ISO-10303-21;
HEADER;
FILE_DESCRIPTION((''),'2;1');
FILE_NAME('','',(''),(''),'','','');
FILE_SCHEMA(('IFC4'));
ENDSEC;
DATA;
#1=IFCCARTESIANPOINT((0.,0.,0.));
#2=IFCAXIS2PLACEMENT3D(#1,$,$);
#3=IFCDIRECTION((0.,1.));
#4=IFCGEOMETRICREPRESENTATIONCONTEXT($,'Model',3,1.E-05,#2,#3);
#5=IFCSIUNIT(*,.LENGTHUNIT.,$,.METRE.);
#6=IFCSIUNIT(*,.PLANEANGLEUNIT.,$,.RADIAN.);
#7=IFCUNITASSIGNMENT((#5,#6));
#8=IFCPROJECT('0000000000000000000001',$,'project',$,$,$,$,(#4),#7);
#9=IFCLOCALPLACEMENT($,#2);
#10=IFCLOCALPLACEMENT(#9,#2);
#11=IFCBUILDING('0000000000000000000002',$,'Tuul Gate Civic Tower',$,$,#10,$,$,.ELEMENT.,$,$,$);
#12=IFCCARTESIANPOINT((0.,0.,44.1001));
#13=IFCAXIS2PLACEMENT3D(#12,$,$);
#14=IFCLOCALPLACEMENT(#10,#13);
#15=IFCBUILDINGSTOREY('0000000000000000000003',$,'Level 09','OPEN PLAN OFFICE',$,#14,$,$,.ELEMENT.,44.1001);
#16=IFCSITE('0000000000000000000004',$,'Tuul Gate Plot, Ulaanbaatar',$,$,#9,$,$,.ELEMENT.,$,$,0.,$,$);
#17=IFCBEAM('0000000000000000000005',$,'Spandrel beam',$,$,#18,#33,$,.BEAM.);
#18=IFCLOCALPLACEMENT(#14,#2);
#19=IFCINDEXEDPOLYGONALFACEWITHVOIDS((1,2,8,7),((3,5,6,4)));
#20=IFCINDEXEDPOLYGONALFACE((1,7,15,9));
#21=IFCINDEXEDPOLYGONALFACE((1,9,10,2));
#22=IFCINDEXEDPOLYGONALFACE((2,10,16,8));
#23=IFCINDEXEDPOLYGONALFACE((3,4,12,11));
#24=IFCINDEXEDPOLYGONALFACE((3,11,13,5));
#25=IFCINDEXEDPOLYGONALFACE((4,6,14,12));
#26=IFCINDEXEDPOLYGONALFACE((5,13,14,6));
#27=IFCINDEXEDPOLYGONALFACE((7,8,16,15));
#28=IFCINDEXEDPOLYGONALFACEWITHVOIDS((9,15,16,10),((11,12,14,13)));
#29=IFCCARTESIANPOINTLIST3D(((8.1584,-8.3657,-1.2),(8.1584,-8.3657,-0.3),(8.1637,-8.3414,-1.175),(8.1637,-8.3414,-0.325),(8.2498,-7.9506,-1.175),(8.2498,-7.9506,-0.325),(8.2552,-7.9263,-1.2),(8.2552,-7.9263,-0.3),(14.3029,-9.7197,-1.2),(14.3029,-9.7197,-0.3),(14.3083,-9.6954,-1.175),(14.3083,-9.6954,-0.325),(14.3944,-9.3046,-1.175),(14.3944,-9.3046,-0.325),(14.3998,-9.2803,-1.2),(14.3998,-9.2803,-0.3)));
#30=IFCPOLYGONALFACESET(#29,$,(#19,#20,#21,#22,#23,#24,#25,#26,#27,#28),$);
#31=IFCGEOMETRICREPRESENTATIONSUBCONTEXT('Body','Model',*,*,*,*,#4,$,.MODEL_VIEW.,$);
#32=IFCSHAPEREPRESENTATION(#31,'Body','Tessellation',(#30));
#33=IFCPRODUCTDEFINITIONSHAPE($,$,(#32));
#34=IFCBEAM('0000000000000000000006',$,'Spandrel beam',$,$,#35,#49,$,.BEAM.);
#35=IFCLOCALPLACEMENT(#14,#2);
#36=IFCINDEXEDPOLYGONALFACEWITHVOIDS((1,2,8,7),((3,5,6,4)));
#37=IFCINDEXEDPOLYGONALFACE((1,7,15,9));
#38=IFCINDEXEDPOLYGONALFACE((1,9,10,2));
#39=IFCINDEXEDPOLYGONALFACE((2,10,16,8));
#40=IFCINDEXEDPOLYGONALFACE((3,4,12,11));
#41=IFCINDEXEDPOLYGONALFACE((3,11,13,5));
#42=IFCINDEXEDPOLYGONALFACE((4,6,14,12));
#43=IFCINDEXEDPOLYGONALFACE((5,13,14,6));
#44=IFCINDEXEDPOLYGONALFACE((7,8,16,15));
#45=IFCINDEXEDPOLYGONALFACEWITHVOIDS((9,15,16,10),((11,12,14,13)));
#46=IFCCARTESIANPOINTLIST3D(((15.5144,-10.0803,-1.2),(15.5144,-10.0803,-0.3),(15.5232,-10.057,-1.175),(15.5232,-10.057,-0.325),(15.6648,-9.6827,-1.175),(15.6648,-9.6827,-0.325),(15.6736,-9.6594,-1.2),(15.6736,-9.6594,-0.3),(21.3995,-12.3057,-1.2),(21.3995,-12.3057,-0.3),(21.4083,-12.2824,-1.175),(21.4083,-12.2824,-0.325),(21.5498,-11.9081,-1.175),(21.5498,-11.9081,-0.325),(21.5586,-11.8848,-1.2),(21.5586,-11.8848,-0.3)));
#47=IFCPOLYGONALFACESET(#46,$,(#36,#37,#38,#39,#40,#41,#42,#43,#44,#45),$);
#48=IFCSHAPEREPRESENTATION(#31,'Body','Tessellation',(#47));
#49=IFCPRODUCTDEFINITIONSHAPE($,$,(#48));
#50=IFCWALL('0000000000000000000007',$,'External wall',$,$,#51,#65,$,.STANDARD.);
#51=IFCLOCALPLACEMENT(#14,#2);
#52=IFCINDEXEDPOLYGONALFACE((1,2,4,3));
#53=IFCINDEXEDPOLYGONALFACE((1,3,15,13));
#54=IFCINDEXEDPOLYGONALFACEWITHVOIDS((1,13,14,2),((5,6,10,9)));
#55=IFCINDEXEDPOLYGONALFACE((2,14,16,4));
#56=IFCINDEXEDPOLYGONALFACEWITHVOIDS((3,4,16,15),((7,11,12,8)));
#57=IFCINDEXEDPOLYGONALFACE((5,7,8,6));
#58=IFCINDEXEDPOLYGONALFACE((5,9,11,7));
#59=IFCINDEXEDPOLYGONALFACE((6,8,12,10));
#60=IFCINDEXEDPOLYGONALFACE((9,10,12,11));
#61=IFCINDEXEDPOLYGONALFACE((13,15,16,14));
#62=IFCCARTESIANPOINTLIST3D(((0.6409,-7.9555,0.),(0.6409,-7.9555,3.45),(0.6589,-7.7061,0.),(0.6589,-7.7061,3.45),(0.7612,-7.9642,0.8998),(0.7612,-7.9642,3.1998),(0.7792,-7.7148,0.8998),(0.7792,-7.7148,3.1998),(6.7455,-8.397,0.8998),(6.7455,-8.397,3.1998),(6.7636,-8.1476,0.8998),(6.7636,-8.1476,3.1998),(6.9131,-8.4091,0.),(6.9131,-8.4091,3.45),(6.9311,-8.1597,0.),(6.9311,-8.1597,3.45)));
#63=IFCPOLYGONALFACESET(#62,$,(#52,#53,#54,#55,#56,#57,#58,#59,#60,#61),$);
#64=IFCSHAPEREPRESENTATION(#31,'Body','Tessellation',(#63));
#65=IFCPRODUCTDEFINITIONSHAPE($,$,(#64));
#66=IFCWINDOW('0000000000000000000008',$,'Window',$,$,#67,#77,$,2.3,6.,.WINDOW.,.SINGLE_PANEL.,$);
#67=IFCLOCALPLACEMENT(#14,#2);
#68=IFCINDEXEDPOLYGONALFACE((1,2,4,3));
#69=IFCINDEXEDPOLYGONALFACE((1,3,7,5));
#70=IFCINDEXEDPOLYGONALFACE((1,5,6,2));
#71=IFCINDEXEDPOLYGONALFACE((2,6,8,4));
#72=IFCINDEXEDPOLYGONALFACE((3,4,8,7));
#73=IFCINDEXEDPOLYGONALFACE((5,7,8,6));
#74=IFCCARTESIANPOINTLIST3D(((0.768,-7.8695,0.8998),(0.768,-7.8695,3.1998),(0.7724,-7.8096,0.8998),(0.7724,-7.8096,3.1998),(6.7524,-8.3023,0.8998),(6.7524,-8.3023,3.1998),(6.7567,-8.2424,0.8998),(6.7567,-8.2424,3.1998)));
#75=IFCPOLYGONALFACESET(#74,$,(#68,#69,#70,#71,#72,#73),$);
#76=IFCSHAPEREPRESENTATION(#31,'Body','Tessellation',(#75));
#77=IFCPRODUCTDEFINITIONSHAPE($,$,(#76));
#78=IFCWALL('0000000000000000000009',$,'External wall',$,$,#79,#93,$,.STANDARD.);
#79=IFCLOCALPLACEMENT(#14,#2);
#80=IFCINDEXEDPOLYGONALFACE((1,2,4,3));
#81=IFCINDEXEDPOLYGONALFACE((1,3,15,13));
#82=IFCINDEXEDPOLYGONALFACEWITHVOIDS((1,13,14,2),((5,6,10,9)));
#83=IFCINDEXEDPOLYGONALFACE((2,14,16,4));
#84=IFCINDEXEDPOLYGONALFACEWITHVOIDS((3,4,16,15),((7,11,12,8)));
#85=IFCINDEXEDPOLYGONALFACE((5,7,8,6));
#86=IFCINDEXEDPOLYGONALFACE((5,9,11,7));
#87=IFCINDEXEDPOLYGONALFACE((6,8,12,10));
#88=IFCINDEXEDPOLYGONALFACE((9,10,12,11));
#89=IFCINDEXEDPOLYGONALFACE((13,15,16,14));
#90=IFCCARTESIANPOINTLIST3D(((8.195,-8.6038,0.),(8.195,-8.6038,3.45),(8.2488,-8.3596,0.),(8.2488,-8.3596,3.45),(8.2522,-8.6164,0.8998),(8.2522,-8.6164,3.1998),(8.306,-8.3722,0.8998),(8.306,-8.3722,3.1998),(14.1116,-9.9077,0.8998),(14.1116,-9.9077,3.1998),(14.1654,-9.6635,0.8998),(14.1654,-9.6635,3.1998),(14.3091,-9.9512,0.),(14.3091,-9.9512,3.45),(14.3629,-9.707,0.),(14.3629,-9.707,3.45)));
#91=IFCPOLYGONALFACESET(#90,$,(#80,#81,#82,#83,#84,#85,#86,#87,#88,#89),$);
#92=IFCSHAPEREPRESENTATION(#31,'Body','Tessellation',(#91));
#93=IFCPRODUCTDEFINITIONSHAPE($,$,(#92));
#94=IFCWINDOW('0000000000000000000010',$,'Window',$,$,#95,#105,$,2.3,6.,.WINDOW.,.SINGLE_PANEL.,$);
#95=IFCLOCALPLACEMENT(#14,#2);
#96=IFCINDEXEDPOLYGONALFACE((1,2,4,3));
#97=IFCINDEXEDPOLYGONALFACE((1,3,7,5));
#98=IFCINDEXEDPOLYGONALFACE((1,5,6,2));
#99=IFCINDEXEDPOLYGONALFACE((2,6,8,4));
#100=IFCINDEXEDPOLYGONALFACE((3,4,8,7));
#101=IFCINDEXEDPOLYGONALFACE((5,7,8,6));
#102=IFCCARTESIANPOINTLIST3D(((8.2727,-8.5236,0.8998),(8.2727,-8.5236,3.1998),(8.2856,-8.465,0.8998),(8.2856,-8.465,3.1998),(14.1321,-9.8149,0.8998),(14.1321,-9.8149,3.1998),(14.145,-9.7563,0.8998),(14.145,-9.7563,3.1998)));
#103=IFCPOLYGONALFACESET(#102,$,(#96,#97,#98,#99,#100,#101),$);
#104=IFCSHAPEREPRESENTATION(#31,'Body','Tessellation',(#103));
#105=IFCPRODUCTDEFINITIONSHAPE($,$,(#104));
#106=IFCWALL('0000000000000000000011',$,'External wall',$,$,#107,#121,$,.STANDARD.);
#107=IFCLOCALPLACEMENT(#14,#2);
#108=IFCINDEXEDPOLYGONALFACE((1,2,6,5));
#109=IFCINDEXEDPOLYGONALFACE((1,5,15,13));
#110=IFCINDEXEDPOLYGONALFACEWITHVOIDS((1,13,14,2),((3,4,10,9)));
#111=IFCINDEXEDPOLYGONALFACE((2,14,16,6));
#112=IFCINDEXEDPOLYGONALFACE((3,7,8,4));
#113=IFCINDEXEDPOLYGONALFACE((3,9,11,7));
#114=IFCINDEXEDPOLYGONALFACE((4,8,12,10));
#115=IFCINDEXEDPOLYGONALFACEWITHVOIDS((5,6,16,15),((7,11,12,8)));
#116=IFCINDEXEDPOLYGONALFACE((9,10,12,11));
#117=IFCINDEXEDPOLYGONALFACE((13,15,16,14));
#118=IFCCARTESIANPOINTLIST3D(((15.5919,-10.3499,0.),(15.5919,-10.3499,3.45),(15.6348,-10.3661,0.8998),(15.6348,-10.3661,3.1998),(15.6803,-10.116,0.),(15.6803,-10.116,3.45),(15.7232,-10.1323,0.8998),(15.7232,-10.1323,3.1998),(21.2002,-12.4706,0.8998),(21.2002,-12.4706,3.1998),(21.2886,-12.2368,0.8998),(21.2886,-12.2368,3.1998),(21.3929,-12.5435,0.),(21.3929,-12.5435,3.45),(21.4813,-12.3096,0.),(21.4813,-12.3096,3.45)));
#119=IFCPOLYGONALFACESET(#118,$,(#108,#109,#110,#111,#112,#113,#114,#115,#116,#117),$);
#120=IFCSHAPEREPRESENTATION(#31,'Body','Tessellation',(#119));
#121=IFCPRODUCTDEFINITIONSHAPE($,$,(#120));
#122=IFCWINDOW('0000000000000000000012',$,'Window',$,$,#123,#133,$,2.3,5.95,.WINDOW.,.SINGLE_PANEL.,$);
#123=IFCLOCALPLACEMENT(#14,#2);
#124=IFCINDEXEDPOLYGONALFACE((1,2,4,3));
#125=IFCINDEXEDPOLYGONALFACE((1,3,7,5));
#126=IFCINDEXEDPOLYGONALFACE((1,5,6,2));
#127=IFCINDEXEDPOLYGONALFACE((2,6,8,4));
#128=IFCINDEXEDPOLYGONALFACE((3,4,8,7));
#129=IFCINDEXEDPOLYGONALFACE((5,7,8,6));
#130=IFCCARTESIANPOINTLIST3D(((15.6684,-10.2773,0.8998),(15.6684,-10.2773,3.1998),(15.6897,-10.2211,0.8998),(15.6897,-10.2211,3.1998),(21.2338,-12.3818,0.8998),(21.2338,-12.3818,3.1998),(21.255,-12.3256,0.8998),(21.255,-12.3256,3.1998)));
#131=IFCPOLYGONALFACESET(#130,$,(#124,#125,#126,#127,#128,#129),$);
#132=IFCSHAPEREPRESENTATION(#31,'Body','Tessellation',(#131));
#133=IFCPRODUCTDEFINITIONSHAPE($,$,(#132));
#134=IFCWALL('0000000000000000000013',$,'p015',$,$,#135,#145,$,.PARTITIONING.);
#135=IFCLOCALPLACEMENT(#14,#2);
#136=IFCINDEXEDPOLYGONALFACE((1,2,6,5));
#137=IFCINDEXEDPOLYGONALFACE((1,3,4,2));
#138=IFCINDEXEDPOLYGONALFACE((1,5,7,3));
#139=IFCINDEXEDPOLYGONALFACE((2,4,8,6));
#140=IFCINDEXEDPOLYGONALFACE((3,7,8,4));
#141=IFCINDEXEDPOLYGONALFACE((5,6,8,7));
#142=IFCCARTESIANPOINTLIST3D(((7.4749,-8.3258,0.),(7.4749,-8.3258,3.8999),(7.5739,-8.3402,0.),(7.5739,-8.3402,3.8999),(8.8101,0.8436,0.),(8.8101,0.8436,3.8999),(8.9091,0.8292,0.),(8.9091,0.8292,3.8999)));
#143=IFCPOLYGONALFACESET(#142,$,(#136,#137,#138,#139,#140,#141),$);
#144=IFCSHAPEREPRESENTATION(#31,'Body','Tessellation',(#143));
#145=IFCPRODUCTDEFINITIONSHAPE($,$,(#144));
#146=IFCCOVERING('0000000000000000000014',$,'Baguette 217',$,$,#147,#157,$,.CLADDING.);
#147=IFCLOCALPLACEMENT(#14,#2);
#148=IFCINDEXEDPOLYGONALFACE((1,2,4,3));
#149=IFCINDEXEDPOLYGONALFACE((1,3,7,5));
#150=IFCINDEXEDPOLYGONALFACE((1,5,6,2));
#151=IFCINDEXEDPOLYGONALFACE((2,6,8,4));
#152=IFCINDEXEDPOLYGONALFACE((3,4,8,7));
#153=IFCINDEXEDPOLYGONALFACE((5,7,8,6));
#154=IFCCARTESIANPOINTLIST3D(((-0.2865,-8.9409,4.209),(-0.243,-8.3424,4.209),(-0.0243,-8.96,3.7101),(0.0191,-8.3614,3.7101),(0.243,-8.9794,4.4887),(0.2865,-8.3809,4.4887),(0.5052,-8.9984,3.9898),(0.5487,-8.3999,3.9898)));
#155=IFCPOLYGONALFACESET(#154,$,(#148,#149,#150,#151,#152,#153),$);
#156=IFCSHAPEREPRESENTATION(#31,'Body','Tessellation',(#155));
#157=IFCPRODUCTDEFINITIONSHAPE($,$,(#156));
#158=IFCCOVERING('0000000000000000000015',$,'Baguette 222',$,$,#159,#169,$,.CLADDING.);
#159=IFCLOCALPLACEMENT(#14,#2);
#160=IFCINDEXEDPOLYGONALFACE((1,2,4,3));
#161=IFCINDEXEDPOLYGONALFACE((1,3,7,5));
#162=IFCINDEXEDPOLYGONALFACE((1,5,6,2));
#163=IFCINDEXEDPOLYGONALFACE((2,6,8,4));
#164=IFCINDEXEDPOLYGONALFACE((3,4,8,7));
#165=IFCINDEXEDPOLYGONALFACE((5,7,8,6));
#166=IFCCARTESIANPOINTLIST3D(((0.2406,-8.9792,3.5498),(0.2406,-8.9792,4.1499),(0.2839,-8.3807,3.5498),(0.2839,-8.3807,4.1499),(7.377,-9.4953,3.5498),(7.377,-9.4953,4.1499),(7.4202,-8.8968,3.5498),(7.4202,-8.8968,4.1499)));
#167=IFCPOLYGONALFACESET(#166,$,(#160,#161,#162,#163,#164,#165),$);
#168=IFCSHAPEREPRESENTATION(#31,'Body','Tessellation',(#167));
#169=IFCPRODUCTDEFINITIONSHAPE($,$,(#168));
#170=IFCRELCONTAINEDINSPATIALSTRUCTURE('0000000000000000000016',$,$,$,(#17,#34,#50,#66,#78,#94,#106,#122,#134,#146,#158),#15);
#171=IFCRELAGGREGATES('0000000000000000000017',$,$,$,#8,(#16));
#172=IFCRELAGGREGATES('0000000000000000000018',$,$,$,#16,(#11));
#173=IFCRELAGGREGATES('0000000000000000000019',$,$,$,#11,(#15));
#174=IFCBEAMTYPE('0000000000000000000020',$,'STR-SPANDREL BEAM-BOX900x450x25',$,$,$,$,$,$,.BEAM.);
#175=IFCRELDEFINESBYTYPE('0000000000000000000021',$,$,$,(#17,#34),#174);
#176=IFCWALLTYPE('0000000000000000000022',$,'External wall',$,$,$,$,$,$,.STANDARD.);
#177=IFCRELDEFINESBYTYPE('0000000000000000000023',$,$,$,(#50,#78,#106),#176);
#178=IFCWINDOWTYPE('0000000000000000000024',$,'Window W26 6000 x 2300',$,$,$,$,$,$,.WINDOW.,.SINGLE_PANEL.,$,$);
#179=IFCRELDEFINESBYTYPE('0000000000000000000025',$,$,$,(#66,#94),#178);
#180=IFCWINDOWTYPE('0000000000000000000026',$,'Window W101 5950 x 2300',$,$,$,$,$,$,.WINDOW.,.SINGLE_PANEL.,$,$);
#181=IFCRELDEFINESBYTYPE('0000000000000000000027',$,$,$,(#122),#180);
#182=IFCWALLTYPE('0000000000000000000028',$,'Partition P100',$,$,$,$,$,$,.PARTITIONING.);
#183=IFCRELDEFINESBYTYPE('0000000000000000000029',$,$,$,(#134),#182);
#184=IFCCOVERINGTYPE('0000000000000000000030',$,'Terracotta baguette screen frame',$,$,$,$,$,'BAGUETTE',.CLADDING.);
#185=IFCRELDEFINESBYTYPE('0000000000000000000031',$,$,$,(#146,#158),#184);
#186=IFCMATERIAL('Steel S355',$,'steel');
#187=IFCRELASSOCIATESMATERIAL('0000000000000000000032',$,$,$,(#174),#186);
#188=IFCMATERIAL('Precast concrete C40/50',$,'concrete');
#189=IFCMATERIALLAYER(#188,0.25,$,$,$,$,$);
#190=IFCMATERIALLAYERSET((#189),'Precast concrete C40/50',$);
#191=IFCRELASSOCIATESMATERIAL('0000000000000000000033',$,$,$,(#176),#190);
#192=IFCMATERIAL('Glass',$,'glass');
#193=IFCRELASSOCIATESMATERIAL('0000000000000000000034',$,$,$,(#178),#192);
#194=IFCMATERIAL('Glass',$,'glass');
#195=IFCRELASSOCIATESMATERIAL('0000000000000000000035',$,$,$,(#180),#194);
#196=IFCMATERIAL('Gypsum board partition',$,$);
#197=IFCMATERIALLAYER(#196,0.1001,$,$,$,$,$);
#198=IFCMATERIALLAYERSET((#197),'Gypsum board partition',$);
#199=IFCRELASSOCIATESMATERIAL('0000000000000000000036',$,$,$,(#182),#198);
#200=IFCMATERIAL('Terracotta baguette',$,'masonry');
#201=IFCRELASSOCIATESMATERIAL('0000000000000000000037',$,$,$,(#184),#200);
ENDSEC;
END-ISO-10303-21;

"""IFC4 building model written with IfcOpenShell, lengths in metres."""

from ifc_helpers import new_model, si_unit, direction, frame, frame_2d, origin, origin_2d, place, context, subcontext, project, spatial, rectangle, hollow_rectangle, extrude, material, layer, layer_set, material_profile, profile_set, type_object, element, fill, save


model = new_model("IFC4")

# Units and contexts
model_context = context("Model", 3, precision=1e-05, world=origin(), true_north=direction((0.0, 1.0)))
body_context = subcontext(model_context, "Body", "Model", "MODEL_VIEW")
ifc_project = project(units=[si_unit("LENGTHUNIT", "METRE"), si_unit("PLANEANGLEUNIT", "RADIAN")], contexts=[model_context])

# Site, building, storey
site_placement = place(None, origin())
site = spatial("IfcSite", under=ifc_project, at=site_placement, Name="Tuul Gate Plot, Ulaanbaatar", CompositionType="ELEMENT", RefElevation=0.0)
building_placement = place(site_placement, origin())
building = spatial("IfcBuilding", under=site, at=building_placement, Name="Tuul Gate Civic Tower", CompositionType="ELEMENT")
storey_placement = place(building_placement, frame((0.0, 0.0, 44.1001)))
storey = spatial("IfcBuildingStorey", under=building, at=storey_placement, Name="Level 09", Description="OPEN PLAN OFFICE", CompositionType="ELEMENT", Elevation=44.1001)

# Beams
ifc_material_1 = material(Name="Steel S355", Category="steel")
ifc_material_profile_1 = material_profile(ifc_material_1, hollow_rectangle(XDim=0.45, YDim=0.8999, WallThickness=0.0249, at=origin_2d()), Name="BOX900x450x25")
ifc_profile_set_1 = profile_set([ifc_material_profile_1], Name="Steel S355")
beam_type_1 = type_object("IfcBeamType", Name="STR-SPANDREL BEAM-BOX900x450x25", PredefinedType="BEAM", material=ifc_profile_set_1)
beam_1_placement = place(storey_placement, frame((8.2068, -8.146, -0.75), z_axis=(0.976571, -0.215196, 0.0), x_axis=(0.215196, 0.976571, 0.0)))
element("IfcBeam", 1, at=beam_1_placement, inside=storey, type_object=beam_type_1, Name="Spandrel beam", PredefinedType="BEAM", context=body_context, shape_type="SweptSolid", body=[
    extrude(hollow_rectangle(XDim=0.45, YDim=0.8999, WallThickness=0.0249, at=origin_2d()), origin(), (0.0, 0.0, 1.0), 6.292),
])
beam_2_placement = place(storey_placement, frame((15.594, -9.8699, -0.75), z_axis=(0.935361, -0.353695, 0.0), x_axis=(0.353695, 0.935361, 0.0)))
element("IfcBeam", 2, at=beam_2_placement, inside=storey, type_object=beam_type_1, Name="Spandrel beam", PredefinedType="BEAM", context=body_context, shape_type="SweptSolid", body=[
    extrude(hollow_rectangle(XDim=0.45, YDim=0.8999, WallThickness=0.0249, at=origin_2d()), origin(), (0.0, 0.0, 1.0), 6.2917),
])

# Walls, openings, windows
ifc_material_2 = material(Name="Precast concrete C40/50", Category="concrete")
ifc_layer_1 = layer(ifc_material_2, 0.25)
ifc_layer_set_1 = layer_set([ifc_layer_1], Name="Precast concrete C40/50")
wall_type_1 = type_object("IfcWallType", Name="External wall", PredefinedType="STANDARD", material=ifc_layer_set_1)
wall_1_placement = place(storey_placement, frame((0.6499, -7.8308, 0.0), z_axis=(0.0, 0.0, 1.0), x_axis=(0.997395, -0.072133, 0.0)))
wall_1 = element("IfcWall", 3, at=wall_1_placement, inside=storey, type_object=wall_type_1, Name="External wall", PredefinedType="STANDARD", context=body_context, shape_type="SweptSolid", body=[
    extrude(rectangle(XDim=6.2886, YDim=0.25, at=frame_2d((3.1443, 0.0))), origin(), (0.0, 0.0, 1.0), 3.45),
])
opening_1_placement = place(wall_1_placement, frame((0.1206, 0.0, 0.8999)))
opening_1 = element("IfcOpeningElement", 4, at=opening_1_placement, cuts=wall_1, PredefinedType="OPENING", context=body_context, shape_type="SweptSolid", body=[
    extrude(rectangle(XDim=6.0, YDim=2.3, at=frame_2d((3.0, 1.1499))), frame((0.0, 0.135, 0.0), z_axis=(0.0, -1.0, 0.0), x_axis=(1.0, 0.0, 0.0)), (0.0, 0.0, 1.0), 0.27),
])
ifc_material_3 = material(Name="Glass", Category="glass")
window_type_1 = type_object("IfcWindowType", Name="Window W26 6000 x 2300", PartitioningType="SINGLE_PANEL", PredefinedType="WINDOW", material=ifc_material_3)
window_1_placement = place(opening_1_placement, origin())
window_1 = element("IfcWindow", 5, at=window_1_placement, inside=storey, type_object=window_type_1, Name="Window", OverallHeight=2.3, OverallWidth=6.0, PartitioningType="SINGLE_PANEL", PredefinedType="WINDOW", context=body_context, shape_type="SweptSolid", body=[
    extrude(rectangle(XDim=6.0, YDim=2.3, at=frame_2d((3.0, 1.1499))), frame((0.0, 0.03, 0.0), z_axis=(0.0, -1.0, 0.0), x_axis=(1.0, 0.0, 0.0)), (0.0, 0.0, 1.0), 0.0601),
])
fill(opening_1, window_1)
wall_2_placement = place(storey_placement, frame((8.2219, -8.4817, 0.0), z_axis=(0.0, 0.0, 1.0), x_axis=(0.976566, -0.215217, 0.0)))
wall_2 = element("IfcWall", 6, at=wall_2_placement, inside=storey, type_object=wall_type_1, Name="External wall", PredefinedType="STANDARD", context=body_context, shape_type="SweptSolid", body=[
    extrude(rectangle(XDim=6.2607, YDim=0.25, at=frame_2d((3.1304, 0.0))), origin(), (0.0, 0.0, 1.0), 3.45),
])
opening_2_placement = place(wall_2_placement, frame((0.0586, 0.0, 0.8999)))
opening_2 = element("IfcOpeningElement", 7, at=opening_2_placement, cuts=wall_2, PredefinedType="OPENING", context=body_context, shape_type="SweptSolid", body=[
    extrude(rectangle(XDim=6.0, YDim=2.3, at=frame_2d((3.0, 1.1499))), frame((0.0, 0.135, 0.0), z_axis=(0.0, -1.0, 0.0), x_axis=(1.0, 0.0, 0.0)), (0.0, 0.0, 1.0), 0.27),
])
window_2_placement = place(opening_2_placement, origin())
window_2 = element("IfcWindow", 8, at=window_2_placement, inside=storey, type_object=window_type_1, Name="Window", OverallHeight=2.3, OverallWidth=6.0, PartitioningType="SINGLE_PANEL", PredefinedType="WINDOW", context=body_context, shape_type="SweptSolid", body=[
    extrude(rectangle(XDim=6.0, YDim=2.3, at=frame_2d((3.0, 1.1499))), frame((0.0, 0.03, 0.0), z_axis=(0.0, -1.0, 0.0), x_axis=(1.0, 0.0, 0.0)), (0.0, 0.0, 1.0), 0.0601),
])
fill(opening_2, window_2)
wall_3_placement = place(storey_placement, frame((15.636, -10.2329, 0.0), z_axis=(0.0, 0.0, 1.0), x_axis=(0.93536, -0.353698, 0.0)))
wall_3 = element("IfcWall", 9, at=wall_3_placement, inside=storey, type_object=wall_type_1, Name="External wall", PredefinedType="STANDARD", context=body_context, shape_type="SweptSolid", body=[
    extrude(rectangle(XDim=6.2019, YDim=0.25, at=frame_2d((3.1011, 0.0))), origin(), (0.0, 0.0, 1.0), 3.45),
])
opening_3_placement = place(wall_3_placement, frame((0.0459, 0.0, 0.8999)))
opening_3 = element("IfcOpeningElement", 10, at=opening_3_placement, cuts=wall_3, PredefinedType="OPENING", context=body_context, shape_type="SweptSolid", body=[
    extrude(rectangle(XDim=5.95, YDim=2.3, at=frame_2d((2.9751, 1.1499))), frame((0.0, 0.135, 0.0), z_axis=(0.0, -1.0, 0.0), x_axis=(1.0, 0.0, 0.0)), (0.0, 0.0, 1.0), 0.27),
])
ifc_material_4 = material(Name="Glass", Category="glass")
window_type_2 = type_object("IfcWindowType", Name="Window W101 5950 x 2300", PartitioningType="SINGLE_PANEL", PredefinedType="WINDOW", material=ifc_material_4)
window_3_placement = place(opening_3_placement, origin())
window_3 = element("IfcWindow", 11, at=window_3_placement, inside=storey, type_object=window_type_2, Name="Window", OverallHeight=2.3, OverallWidth=5.95, PartitioningType="SINGLE_PANEL", PredefinedType="WINDOW", context=body_context, shape_type="SweptSolid", body=[
    extrude(rectangle(XDim=5.95, YDim=2.3, at=frame_2d((2.9751, 1.1499))), frame((0.0, 0.03, 0.0), z_axis=(0.0, -1.0, 0.0), x_axis=(1.0, 0.0, 0.0)), (0.0, 0.0, 1.0), 0.0601),
])
fill(opening_3, window_3)

# Wall
ifc_material_5 = material(Name="Gypsum board partition")
ifc_layer_2 = layer(ifc_material_5, 0.1001)
ifc_layer_set_2 = layer_set([ifc_layer_2], Name="Gypsum board partition")
wall_type_2 = type_object("IfcWallType", Name="Partition P100", PredefinedType="PARTITIONING", material=ifc_layer_set_2)
wall_4_placement = place(storey_placement, frame((7.5244, -8.333, 0.0), z_axis=(0.0, 0.0, 1.0), x_axis=(0.144095, 0.989564, 0.0)))
element("IfcWall", 12, at=wall_4_placement, inside=storey, type_object=wall_type_2, Name="p015", PredefinedType="PARTITIONING", context=body_context, shape_type="SweptSolid", body=[
    extrude(rectangle(XDim=9.2661, YDim=0.1001, at=frame_2d((4.6331, 0.0))), origin(), (0.0, 0.0, 1.0), 3.8999),
])

# Coverings
ifc_material_6 = material(Name="Terracotta baguette", Category="masonry")
ifc_material_profile_2 = material_profile(ifc_material_6, rectangle(XDim=0.6001, YDim=0.6001, at=origin_2d()), Name="Terracotta baguette screen frame")
ifc_profile_set_2 = profile_set([ifc_material_profile_2], Name="Terracotta baguette")
covering_type = type_object("IfcCoveringType", Name="Terracotta baguette screen frame", ElementType="BAGUETTE", PredefinedType="CLADDING", material=ifc_profile_set_2)
covering_1_placement = place(storey_placement, frame((0.0, -8.6609, 4.3489), z_axis=(0.464874, -0.033762, -0.884733), x_axis=(0.072435, 0.997373, 0.0)))
element("IfcCovering", 13, at=covering_1_placement, inside=storey, type_object=covering_type, Name="Baguette 217", PredefinedType="CLADDING", context=body_context, shape_type="SweptSolid", body=[
    extrude(rectangle(XDim=0.6001, YDim=0.6001, at=origin_2d()), origin(), (0.0, 0.0, 1.0), 0.564),
])
covering_2_placement = place(storey_placement, frame((0.2622, -8.6799, 3.8499), z_axis=(0.997395, -0.072132, 0.0), x_axis=(0.072132, 0.997395, 0.0)))
element("IfcCovering", 14, at=covering_2_placement, inside=storey, type_object=covering_type, Name="Baguette 222", PredefinedType="CLADDING", context=body_context, shape_type="SweptSolid", body=[
    extrude(rectangle(XDim=0.6001, YDim=0.6001, at=origin_2d()), origin(), (0.0, 0.0, 1.0), 7.155),
])

save(model, "model.ifc")
